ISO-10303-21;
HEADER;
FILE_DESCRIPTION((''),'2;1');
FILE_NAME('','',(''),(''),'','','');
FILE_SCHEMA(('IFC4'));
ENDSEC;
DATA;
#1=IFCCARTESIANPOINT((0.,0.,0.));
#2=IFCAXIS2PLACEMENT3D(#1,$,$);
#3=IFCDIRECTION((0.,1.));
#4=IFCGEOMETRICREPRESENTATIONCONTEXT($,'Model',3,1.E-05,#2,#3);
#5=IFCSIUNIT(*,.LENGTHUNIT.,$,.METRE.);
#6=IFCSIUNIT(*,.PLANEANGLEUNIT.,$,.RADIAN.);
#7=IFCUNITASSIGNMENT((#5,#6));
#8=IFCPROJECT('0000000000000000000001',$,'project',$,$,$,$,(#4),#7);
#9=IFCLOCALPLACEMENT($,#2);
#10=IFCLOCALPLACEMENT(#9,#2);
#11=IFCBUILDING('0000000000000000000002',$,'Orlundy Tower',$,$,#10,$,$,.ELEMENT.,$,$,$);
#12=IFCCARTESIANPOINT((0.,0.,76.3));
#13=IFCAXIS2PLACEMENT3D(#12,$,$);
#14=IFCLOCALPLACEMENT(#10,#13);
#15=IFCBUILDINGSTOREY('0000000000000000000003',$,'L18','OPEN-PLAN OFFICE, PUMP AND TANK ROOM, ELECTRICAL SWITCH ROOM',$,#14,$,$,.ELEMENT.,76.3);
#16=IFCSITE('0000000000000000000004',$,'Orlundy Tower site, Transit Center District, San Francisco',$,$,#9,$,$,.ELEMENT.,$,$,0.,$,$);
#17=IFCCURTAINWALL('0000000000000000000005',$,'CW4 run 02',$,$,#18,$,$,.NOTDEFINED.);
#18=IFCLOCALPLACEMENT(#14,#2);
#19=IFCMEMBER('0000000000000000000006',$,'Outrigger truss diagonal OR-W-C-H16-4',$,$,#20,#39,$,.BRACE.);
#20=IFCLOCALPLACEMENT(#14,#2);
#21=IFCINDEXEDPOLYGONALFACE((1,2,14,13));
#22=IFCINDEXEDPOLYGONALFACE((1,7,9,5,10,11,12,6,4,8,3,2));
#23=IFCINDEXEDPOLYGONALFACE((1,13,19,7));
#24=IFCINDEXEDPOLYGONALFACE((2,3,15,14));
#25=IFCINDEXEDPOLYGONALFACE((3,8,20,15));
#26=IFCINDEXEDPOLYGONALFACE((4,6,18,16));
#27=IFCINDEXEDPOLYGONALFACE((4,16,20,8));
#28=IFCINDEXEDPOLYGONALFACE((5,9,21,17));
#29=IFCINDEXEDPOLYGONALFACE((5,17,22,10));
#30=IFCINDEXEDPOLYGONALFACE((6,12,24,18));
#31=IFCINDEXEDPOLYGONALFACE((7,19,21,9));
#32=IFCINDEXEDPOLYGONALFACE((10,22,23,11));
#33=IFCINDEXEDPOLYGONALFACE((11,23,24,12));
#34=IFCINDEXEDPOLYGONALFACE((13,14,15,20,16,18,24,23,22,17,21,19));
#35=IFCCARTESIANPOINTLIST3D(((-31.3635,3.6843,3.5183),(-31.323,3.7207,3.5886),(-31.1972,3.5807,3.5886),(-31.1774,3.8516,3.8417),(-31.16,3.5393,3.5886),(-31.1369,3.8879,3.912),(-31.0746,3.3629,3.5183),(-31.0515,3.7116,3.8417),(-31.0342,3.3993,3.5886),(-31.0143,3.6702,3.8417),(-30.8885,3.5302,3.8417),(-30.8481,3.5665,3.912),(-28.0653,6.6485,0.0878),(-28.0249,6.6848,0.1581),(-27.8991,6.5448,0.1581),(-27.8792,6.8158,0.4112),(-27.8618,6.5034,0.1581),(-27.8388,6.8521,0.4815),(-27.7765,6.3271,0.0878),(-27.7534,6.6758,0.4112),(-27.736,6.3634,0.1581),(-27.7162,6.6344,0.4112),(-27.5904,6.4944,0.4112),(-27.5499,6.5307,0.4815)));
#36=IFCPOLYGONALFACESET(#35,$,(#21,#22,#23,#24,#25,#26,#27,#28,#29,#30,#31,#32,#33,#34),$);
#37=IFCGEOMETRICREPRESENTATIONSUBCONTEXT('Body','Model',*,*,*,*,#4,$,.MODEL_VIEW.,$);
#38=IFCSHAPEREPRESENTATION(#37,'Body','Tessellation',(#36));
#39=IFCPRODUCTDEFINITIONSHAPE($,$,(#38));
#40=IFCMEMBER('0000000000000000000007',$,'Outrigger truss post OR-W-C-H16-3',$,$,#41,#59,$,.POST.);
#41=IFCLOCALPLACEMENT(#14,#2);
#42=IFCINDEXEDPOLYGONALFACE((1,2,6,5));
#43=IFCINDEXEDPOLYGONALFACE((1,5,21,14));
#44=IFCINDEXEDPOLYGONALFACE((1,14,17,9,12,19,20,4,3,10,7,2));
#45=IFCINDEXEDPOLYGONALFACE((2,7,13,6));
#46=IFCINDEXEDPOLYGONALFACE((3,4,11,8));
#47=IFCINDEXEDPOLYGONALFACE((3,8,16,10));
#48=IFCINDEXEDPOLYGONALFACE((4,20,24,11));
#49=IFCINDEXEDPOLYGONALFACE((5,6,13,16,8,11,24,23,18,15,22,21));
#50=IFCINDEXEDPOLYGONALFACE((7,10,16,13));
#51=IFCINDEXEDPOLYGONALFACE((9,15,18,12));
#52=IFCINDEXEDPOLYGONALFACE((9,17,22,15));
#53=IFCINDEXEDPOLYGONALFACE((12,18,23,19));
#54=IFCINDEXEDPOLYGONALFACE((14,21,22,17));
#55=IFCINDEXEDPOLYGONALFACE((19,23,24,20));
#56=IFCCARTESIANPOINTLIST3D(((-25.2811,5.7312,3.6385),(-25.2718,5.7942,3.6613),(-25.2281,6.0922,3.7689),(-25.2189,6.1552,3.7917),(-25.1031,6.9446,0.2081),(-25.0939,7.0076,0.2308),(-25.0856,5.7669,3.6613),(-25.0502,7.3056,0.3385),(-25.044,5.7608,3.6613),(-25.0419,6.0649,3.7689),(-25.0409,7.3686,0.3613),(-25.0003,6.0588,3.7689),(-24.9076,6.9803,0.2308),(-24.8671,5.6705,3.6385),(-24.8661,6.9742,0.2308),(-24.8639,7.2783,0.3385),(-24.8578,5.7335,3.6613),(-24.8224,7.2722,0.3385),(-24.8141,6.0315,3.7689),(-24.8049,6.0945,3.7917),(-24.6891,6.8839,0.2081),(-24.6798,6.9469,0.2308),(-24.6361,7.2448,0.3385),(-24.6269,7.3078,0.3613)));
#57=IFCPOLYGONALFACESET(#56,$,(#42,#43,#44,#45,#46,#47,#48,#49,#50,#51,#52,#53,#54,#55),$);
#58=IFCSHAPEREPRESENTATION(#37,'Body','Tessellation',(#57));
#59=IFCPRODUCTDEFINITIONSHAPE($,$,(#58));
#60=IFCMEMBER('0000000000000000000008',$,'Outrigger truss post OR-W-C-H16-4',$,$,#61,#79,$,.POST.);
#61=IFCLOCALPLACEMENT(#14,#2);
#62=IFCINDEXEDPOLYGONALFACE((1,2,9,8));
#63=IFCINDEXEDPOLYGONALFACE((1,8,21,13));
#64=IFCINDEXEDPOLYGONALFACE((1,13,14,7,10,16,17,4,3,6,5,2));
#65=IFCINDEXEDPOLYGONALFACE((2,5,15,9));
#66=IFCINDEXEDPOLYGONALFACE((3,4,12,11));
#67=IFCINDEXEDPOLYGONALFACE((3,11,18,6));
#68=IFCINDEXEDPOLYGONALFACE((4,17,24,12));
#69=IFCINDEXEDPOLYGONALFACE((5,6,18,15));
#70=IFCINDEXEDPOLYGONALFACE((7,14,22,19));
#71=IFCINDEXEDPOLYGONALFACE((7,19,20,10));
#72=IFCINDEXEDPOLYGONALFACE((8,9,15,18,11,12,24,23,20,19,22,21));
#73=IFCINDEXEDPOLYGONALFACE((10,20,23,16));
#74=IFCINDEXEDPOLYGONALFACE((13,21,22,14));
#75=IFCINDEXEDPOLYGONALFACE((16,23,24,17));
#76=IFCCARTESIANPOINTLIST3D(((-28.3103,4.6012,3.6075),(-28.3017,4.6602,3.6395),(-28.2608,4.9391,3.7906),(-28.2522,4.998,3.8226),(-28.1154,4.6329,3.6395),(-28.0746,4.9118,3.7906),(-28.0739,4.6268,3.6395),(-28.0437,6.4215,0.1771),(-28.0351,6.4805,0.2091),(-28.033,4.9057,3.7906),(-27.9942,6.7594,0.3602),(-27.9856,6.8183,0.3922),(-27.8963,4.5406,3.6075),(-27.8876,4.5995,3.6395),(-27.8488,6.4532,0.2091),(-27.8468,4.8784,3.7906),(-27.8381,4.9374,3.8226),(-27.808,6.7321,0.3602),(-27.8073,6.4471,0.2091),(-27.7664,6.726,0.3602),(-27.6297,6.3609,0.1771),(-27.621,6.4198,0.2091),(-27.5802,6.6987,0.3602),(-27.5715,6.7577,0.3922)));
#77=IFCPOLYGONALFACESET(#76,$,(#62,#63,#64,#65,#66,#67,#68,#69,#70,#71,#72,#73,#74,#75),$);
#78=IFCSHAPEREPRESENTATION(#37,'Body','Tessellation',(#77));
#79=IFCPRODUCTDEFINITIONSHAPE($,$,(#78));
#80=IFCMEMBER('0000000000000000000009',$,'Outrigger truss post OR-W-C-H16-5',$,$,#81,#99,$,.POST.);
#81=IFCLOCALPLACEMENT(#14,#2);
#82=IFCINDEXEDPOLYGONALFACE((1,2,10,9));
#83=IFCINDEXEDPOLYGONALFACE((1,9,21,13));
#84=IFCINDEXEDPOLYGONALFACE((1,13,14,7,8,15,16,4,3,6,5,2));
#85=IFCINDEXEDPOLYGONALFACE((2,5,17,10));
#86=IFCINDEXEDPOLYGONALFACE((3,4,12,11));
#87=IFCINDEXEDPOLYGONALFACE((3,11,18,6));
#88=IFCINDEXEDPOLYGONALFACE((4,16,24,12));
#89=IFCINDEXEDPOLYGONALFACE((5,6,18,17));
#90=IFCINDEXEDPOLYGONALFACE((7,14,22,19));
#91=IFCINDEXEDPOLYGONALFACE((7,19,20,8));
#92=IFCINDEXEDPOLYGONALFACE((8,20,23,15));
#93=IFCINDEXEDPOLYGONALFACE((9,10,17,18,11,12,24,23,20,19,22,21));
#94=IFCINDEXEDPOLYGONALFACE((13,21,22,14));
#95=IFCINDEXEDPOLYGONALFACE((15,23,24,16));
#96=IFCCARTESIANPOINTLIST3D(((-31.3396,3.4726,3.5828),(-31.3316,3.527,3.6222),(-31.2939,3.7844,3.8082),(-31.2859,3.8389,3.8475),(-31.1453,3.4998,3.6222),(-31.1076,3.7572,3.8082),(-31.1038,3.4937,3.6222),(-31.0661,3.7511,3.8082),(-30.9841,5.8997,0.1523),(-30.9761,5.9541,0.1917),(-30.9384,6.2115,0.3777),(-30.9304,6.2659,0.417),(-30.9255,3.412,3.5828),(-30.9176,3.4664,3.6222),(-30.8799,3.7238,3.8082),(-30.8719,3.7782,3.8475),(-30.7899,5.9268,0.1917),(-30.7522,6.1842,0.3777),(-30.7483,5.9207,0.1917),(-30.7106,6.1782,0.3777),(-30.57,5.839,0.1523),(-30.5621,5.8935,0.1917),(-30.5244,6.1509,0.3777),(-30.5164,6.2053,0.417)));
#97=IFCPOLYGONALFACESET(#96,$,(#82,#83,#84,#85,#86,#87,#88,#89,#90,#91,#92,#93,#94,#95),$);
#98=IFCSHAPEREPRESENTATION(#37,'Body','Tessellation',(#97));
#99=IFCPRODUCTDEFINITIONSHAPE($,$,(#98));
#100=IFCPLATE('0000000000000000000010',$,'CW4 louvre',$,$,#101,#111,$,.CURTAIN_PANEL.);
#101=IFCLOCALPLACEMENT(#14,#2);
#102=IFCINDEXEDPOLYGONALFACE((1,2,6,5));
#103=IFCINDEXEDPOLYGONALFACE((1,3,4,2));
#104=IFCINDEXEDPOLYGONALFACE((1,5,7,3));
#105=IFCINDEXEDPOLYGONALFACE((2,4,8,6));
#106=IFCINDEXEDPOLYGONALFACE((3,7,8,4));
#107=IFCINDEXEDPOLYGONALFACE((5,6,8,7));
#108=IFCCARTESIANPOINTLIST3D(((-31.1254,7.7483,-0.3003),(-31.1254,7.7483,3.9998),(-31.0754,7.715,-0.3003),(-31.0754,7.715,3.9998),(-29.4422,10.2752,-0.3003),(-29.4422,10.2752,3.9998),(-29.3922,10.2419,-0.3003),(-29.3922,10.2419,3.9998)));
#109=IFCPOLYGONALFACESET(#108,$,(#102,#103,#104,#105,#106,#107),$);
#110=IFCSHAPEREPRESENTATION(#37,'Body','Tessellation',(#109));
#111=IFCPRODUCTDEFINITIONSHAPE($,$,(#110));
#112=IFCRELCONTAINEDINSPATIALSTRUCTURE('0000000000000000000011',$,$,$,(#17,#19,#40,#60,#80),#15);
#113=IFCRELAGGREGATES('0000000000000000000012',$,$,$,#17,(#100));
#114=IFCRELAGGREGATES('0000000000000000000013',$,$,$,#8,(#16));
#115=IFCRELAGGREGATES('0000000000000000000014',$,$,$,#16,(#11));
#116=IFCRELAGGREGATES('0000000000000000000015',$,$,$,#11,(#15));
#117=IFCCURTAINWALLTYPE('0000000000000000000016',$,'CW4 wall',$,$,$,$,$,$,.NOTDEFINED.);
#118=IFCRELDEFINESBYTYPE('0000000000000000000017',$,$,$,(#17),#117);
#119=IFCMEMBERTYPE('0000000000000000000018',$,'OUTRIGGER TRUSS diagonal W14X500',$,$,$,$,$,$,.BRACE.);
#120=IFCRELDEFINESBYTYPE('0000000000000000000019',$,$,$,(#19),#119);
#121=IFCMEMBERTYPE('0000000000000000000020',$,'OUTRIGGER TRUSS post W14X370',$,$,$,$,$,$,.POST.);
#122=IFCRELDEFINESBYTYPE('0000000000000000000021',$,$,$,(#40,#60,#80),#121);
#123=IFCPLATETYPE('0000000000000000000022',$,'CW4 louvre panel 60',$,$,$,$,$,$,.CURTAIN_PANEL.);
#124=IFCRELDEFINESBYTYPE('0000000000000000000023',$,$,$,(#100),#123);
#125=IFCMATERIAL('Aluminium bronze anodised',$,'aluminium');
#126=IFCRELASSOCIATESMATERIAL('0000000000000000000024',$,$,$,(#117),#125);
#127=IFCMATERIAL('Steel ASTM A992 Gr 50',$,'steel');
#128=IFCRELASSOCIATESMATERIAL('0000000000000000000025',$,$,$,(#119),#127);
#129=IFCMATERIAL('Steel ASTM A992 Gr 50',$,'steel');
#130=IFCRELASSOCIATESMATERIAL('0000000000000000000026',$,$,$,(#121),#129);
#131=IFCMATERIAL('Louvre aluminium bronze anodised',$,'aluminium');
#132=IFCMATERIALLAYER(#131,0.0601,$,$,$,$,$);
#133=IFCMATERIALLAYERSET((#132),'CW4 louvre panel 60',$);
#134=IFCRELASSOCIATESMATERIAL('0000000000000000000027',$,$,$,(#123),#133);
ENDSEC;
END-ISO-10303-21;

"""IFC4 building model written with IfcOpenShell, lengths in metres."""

from ifc_helpers import new_model, si_unit, direction, frame, origin, origin_2d, place, context, subcontext, project, spatial, rectangle, i_section, extrude, material, layer, layer_set, material_profile, profile_set, type_object, element, aggregate, save


model = new_model("IFC4")

# Units and contexts
model_context = context("Model", 3, precision=1e-05, world=origin(), true_north=direction((0.0, 1.0)))
body_context = subcontext(model_context, "Body", "Model", "MODEL_VIEW")
ifc_project = project(units=[si_unit("LENGTHUNIT", "METRE"), si_unit("PLANEANGLEUNIT", "RADIAN")], contexts=[model_context])

# Site, building, storey
site_placement = place(None, origin())
site = spatial("IfcSite", under=ifc_project, at=site_placement, Name="Orlundy Tower site, Transit Center District, San Francisco", CompositionType="ELEMENT", RefElevation=0.0)
building_placement = place(site_placement, origin())
building = spatial("IfcBuilding", under=site, at=building_placement, Name="Orlundy Tower", CompositionType="ELEMENT")
storey_placement = place(building_placement, frame((0.0, 0.0, 76.3)))
storey = spatial("IfcBuildingStorey", under=building, at=storey_placement, Name="L18", Description="OPEN-PLAN OFFICE, PUMP AND TANK ROOM, ELECTRICAL SWITCH ROOM", CompositionType="ELEMENT", Elevation=76.3)

# Curtain wall
ifc_material_1 = material(Name="Aluminium bronze anodised", Category="aluminium")
curtain_wall_type = type_object("IfcCurtainWallType", Name="CW4 wall", PredefinedType="NOTDEFINED", material=ifc_material_1)
curtain_wall_1_placement = place(storey_placement, origin())
curtain_wall_1 = element("IfcCurtainWall", 1, at=curtain_wall_1_placement, inside=storey, type_object=curtain_wall_type, Name="CW4 run 02", PredefinedType="NOTDEFINED")

# Members
ifc_material_2 = material(Name="Steel ASTM A992 Gr 50", Category="steel")
ifc_material_profile_1 = material_profile(ifc_material_2, i_section(OverallWidth=0.4321, OverallDepth=0.4978, WebThickness=0.0557, FlangeThickness=0.0889, at=origin_2d()), Name="W14X500")
ifc_profile_set_1 = profile_set([ifc_material_profile_1], Name="Steel ASTM A992 Gr 50")
member_type_1 = type_object("IfcMemberType", Name="OUTRIGGER TRUSS diagonal W14X500", PredefinedType="BRACE", material=ifc_profile_set_1)
member_1_placement = place(storey_placement, frame((-27.8076, 6.5896, 0.2847), z_axis=(-0.588278, -0.528706, 0.611881), x_axis=(0.668444, -0.743762, 0.0)))
element("IfcMember", 2, at=member_1_placement, inside=storey, type_object=member_type_1, Name="Outrigger truss diagonal OR-W-C-H16-4", PredefinedType="BRACE", context=body_context, shape_type="SweptSolid", body=[
    extrude(i_section(OverallWidth=0.4321, OverallDepth=0.4978, WebThickness=0.0557, FlangeThickness=0.0889, at=origin_2d()), origin(), (0.0, 0.0, 1.0), 5.6064),
])
ifc_material_3 = material(Name="Steel ASTM A992 Gr 50", Category="steel")
ifc_material_profile_2 = material_profile(ifc_material_3, i_section(OverallWidth=0.4185, OverallDepth=0.4551, WebThickness=0.042, FlangeThickness=0.0676, at=origin_2d()), Name="W14X370")
ifc_profile_set_2 = profile_set([ifc_material_profile_2], Name="Steel ASTM A992 Gr 50")
member_type_2 = type_object("IfcMemberType", Name="OUTRIGGER TRUSS post W14X370", PredefinedType="POST", material=ifc_profile_set_2)
member_2_placement = place(storey_placement, frame((-24.865, 7.1262, 0.2847), z_axis=(-0.048854, -0.333068, 0.941636), x_axis=(0.989413, -0.145127, 0.0)))
element("IfcMember", 3, at=member_2_placement, inside=storey, type_object=member_type_2, Name="Outrigger truss post OR-W-C-H16-3", PredefinedType="POST", context=body_context, shape_type="SweptSolid", body=[
    extrude(i_section(OverallWidth=0.4185, OverallDepth=0.4551, WebThickness=0.042, FlangeThickness=0.0676, at=origin_2d()), origin(), (0.0, 0.0, 1.0), 3.6431),
])
member_3_placement = place(storey_placement, frame((-27.8076, 6.5896, 0.2847), z_axis=(-0.068489, -0.467633, 0.881265), x_axis=(0.989444, -0.144913, 0.0)))
element("IfcMember", 4, at=member_3_placement, inside=storey, type_object=member_type_2, Name="Outrigger truss post OR-W-C-H16-4", PredefinedType="POST", context=body_context, shape_type="SweptSolid", body=[
    extrude(i_section(OverallWidth=0.4185, OverallDepth=0.4551, WebThickness=0.042, FlangeThickness=0.0676, at=origin_2d()), origin(), (0.0, 0.0, 1.0), 3.8926),
])
member_4_placement = place(storey_placement, frame((-30.7502, 6.0525, 0.2847), z_axis=(-0.084291, -0.575506, 0.813442), x_axis=(0.989444, -0.144918, 0.0)))
element("IfcMember", 5, at=member_4_placement, inside=storey, type_object=member_type_2, Name="Outrigger truss post OR-W-C-H16-5", PredefinedType="POST", context=body_context, shape_type="SweptSolid", body=[
    extrude(i_section(OverallWidth=0.4185, OverallDepth=0.4551, WebThickness=0.042, FlangeThickness=0.0676, at=origin_2d()), origin(), (0.0, 0.0, 1.0), 4.2173),
])

# Plate
ifc_material_4 = material(Name="Louvre aluminium bronze anodised", Category="aluminium")
ifc_layer = layer(ifc_material_4, 0.0601)
ifc_layer_set = layer_set([ifc_layer], Name="CW4 louvre panel 60")
plate_type = type_object("IfcPlateType", Name="CW4 louvre panel 60", PredefinedType="CURTAIN_PANEL", material=ifc_layer_set)
plate_placement = place(storey_placement, frame((-30.2588, 8.9951, -0.3003), z_axis=(0.0, 0.0, 1.0), x_axis=(0.554384, 0.832261, 0.0)))
plate = element("IfcPlate", 6, at=plate_placement, type_object=plate_type, Name="CW4 louvre", PredefinedType="CURTAIN_PANEL", context=body_context, shape_type="SweptSolid", body=[
    extrude(rectangle(XDim=3.0361, YDim=0.0601, at=origin_2d()), origin(), (0.0, 0.0, 1.0), 4.3),
])
aggregate(curtain_wall_1, [plate])

save(model, "model.ifc")
